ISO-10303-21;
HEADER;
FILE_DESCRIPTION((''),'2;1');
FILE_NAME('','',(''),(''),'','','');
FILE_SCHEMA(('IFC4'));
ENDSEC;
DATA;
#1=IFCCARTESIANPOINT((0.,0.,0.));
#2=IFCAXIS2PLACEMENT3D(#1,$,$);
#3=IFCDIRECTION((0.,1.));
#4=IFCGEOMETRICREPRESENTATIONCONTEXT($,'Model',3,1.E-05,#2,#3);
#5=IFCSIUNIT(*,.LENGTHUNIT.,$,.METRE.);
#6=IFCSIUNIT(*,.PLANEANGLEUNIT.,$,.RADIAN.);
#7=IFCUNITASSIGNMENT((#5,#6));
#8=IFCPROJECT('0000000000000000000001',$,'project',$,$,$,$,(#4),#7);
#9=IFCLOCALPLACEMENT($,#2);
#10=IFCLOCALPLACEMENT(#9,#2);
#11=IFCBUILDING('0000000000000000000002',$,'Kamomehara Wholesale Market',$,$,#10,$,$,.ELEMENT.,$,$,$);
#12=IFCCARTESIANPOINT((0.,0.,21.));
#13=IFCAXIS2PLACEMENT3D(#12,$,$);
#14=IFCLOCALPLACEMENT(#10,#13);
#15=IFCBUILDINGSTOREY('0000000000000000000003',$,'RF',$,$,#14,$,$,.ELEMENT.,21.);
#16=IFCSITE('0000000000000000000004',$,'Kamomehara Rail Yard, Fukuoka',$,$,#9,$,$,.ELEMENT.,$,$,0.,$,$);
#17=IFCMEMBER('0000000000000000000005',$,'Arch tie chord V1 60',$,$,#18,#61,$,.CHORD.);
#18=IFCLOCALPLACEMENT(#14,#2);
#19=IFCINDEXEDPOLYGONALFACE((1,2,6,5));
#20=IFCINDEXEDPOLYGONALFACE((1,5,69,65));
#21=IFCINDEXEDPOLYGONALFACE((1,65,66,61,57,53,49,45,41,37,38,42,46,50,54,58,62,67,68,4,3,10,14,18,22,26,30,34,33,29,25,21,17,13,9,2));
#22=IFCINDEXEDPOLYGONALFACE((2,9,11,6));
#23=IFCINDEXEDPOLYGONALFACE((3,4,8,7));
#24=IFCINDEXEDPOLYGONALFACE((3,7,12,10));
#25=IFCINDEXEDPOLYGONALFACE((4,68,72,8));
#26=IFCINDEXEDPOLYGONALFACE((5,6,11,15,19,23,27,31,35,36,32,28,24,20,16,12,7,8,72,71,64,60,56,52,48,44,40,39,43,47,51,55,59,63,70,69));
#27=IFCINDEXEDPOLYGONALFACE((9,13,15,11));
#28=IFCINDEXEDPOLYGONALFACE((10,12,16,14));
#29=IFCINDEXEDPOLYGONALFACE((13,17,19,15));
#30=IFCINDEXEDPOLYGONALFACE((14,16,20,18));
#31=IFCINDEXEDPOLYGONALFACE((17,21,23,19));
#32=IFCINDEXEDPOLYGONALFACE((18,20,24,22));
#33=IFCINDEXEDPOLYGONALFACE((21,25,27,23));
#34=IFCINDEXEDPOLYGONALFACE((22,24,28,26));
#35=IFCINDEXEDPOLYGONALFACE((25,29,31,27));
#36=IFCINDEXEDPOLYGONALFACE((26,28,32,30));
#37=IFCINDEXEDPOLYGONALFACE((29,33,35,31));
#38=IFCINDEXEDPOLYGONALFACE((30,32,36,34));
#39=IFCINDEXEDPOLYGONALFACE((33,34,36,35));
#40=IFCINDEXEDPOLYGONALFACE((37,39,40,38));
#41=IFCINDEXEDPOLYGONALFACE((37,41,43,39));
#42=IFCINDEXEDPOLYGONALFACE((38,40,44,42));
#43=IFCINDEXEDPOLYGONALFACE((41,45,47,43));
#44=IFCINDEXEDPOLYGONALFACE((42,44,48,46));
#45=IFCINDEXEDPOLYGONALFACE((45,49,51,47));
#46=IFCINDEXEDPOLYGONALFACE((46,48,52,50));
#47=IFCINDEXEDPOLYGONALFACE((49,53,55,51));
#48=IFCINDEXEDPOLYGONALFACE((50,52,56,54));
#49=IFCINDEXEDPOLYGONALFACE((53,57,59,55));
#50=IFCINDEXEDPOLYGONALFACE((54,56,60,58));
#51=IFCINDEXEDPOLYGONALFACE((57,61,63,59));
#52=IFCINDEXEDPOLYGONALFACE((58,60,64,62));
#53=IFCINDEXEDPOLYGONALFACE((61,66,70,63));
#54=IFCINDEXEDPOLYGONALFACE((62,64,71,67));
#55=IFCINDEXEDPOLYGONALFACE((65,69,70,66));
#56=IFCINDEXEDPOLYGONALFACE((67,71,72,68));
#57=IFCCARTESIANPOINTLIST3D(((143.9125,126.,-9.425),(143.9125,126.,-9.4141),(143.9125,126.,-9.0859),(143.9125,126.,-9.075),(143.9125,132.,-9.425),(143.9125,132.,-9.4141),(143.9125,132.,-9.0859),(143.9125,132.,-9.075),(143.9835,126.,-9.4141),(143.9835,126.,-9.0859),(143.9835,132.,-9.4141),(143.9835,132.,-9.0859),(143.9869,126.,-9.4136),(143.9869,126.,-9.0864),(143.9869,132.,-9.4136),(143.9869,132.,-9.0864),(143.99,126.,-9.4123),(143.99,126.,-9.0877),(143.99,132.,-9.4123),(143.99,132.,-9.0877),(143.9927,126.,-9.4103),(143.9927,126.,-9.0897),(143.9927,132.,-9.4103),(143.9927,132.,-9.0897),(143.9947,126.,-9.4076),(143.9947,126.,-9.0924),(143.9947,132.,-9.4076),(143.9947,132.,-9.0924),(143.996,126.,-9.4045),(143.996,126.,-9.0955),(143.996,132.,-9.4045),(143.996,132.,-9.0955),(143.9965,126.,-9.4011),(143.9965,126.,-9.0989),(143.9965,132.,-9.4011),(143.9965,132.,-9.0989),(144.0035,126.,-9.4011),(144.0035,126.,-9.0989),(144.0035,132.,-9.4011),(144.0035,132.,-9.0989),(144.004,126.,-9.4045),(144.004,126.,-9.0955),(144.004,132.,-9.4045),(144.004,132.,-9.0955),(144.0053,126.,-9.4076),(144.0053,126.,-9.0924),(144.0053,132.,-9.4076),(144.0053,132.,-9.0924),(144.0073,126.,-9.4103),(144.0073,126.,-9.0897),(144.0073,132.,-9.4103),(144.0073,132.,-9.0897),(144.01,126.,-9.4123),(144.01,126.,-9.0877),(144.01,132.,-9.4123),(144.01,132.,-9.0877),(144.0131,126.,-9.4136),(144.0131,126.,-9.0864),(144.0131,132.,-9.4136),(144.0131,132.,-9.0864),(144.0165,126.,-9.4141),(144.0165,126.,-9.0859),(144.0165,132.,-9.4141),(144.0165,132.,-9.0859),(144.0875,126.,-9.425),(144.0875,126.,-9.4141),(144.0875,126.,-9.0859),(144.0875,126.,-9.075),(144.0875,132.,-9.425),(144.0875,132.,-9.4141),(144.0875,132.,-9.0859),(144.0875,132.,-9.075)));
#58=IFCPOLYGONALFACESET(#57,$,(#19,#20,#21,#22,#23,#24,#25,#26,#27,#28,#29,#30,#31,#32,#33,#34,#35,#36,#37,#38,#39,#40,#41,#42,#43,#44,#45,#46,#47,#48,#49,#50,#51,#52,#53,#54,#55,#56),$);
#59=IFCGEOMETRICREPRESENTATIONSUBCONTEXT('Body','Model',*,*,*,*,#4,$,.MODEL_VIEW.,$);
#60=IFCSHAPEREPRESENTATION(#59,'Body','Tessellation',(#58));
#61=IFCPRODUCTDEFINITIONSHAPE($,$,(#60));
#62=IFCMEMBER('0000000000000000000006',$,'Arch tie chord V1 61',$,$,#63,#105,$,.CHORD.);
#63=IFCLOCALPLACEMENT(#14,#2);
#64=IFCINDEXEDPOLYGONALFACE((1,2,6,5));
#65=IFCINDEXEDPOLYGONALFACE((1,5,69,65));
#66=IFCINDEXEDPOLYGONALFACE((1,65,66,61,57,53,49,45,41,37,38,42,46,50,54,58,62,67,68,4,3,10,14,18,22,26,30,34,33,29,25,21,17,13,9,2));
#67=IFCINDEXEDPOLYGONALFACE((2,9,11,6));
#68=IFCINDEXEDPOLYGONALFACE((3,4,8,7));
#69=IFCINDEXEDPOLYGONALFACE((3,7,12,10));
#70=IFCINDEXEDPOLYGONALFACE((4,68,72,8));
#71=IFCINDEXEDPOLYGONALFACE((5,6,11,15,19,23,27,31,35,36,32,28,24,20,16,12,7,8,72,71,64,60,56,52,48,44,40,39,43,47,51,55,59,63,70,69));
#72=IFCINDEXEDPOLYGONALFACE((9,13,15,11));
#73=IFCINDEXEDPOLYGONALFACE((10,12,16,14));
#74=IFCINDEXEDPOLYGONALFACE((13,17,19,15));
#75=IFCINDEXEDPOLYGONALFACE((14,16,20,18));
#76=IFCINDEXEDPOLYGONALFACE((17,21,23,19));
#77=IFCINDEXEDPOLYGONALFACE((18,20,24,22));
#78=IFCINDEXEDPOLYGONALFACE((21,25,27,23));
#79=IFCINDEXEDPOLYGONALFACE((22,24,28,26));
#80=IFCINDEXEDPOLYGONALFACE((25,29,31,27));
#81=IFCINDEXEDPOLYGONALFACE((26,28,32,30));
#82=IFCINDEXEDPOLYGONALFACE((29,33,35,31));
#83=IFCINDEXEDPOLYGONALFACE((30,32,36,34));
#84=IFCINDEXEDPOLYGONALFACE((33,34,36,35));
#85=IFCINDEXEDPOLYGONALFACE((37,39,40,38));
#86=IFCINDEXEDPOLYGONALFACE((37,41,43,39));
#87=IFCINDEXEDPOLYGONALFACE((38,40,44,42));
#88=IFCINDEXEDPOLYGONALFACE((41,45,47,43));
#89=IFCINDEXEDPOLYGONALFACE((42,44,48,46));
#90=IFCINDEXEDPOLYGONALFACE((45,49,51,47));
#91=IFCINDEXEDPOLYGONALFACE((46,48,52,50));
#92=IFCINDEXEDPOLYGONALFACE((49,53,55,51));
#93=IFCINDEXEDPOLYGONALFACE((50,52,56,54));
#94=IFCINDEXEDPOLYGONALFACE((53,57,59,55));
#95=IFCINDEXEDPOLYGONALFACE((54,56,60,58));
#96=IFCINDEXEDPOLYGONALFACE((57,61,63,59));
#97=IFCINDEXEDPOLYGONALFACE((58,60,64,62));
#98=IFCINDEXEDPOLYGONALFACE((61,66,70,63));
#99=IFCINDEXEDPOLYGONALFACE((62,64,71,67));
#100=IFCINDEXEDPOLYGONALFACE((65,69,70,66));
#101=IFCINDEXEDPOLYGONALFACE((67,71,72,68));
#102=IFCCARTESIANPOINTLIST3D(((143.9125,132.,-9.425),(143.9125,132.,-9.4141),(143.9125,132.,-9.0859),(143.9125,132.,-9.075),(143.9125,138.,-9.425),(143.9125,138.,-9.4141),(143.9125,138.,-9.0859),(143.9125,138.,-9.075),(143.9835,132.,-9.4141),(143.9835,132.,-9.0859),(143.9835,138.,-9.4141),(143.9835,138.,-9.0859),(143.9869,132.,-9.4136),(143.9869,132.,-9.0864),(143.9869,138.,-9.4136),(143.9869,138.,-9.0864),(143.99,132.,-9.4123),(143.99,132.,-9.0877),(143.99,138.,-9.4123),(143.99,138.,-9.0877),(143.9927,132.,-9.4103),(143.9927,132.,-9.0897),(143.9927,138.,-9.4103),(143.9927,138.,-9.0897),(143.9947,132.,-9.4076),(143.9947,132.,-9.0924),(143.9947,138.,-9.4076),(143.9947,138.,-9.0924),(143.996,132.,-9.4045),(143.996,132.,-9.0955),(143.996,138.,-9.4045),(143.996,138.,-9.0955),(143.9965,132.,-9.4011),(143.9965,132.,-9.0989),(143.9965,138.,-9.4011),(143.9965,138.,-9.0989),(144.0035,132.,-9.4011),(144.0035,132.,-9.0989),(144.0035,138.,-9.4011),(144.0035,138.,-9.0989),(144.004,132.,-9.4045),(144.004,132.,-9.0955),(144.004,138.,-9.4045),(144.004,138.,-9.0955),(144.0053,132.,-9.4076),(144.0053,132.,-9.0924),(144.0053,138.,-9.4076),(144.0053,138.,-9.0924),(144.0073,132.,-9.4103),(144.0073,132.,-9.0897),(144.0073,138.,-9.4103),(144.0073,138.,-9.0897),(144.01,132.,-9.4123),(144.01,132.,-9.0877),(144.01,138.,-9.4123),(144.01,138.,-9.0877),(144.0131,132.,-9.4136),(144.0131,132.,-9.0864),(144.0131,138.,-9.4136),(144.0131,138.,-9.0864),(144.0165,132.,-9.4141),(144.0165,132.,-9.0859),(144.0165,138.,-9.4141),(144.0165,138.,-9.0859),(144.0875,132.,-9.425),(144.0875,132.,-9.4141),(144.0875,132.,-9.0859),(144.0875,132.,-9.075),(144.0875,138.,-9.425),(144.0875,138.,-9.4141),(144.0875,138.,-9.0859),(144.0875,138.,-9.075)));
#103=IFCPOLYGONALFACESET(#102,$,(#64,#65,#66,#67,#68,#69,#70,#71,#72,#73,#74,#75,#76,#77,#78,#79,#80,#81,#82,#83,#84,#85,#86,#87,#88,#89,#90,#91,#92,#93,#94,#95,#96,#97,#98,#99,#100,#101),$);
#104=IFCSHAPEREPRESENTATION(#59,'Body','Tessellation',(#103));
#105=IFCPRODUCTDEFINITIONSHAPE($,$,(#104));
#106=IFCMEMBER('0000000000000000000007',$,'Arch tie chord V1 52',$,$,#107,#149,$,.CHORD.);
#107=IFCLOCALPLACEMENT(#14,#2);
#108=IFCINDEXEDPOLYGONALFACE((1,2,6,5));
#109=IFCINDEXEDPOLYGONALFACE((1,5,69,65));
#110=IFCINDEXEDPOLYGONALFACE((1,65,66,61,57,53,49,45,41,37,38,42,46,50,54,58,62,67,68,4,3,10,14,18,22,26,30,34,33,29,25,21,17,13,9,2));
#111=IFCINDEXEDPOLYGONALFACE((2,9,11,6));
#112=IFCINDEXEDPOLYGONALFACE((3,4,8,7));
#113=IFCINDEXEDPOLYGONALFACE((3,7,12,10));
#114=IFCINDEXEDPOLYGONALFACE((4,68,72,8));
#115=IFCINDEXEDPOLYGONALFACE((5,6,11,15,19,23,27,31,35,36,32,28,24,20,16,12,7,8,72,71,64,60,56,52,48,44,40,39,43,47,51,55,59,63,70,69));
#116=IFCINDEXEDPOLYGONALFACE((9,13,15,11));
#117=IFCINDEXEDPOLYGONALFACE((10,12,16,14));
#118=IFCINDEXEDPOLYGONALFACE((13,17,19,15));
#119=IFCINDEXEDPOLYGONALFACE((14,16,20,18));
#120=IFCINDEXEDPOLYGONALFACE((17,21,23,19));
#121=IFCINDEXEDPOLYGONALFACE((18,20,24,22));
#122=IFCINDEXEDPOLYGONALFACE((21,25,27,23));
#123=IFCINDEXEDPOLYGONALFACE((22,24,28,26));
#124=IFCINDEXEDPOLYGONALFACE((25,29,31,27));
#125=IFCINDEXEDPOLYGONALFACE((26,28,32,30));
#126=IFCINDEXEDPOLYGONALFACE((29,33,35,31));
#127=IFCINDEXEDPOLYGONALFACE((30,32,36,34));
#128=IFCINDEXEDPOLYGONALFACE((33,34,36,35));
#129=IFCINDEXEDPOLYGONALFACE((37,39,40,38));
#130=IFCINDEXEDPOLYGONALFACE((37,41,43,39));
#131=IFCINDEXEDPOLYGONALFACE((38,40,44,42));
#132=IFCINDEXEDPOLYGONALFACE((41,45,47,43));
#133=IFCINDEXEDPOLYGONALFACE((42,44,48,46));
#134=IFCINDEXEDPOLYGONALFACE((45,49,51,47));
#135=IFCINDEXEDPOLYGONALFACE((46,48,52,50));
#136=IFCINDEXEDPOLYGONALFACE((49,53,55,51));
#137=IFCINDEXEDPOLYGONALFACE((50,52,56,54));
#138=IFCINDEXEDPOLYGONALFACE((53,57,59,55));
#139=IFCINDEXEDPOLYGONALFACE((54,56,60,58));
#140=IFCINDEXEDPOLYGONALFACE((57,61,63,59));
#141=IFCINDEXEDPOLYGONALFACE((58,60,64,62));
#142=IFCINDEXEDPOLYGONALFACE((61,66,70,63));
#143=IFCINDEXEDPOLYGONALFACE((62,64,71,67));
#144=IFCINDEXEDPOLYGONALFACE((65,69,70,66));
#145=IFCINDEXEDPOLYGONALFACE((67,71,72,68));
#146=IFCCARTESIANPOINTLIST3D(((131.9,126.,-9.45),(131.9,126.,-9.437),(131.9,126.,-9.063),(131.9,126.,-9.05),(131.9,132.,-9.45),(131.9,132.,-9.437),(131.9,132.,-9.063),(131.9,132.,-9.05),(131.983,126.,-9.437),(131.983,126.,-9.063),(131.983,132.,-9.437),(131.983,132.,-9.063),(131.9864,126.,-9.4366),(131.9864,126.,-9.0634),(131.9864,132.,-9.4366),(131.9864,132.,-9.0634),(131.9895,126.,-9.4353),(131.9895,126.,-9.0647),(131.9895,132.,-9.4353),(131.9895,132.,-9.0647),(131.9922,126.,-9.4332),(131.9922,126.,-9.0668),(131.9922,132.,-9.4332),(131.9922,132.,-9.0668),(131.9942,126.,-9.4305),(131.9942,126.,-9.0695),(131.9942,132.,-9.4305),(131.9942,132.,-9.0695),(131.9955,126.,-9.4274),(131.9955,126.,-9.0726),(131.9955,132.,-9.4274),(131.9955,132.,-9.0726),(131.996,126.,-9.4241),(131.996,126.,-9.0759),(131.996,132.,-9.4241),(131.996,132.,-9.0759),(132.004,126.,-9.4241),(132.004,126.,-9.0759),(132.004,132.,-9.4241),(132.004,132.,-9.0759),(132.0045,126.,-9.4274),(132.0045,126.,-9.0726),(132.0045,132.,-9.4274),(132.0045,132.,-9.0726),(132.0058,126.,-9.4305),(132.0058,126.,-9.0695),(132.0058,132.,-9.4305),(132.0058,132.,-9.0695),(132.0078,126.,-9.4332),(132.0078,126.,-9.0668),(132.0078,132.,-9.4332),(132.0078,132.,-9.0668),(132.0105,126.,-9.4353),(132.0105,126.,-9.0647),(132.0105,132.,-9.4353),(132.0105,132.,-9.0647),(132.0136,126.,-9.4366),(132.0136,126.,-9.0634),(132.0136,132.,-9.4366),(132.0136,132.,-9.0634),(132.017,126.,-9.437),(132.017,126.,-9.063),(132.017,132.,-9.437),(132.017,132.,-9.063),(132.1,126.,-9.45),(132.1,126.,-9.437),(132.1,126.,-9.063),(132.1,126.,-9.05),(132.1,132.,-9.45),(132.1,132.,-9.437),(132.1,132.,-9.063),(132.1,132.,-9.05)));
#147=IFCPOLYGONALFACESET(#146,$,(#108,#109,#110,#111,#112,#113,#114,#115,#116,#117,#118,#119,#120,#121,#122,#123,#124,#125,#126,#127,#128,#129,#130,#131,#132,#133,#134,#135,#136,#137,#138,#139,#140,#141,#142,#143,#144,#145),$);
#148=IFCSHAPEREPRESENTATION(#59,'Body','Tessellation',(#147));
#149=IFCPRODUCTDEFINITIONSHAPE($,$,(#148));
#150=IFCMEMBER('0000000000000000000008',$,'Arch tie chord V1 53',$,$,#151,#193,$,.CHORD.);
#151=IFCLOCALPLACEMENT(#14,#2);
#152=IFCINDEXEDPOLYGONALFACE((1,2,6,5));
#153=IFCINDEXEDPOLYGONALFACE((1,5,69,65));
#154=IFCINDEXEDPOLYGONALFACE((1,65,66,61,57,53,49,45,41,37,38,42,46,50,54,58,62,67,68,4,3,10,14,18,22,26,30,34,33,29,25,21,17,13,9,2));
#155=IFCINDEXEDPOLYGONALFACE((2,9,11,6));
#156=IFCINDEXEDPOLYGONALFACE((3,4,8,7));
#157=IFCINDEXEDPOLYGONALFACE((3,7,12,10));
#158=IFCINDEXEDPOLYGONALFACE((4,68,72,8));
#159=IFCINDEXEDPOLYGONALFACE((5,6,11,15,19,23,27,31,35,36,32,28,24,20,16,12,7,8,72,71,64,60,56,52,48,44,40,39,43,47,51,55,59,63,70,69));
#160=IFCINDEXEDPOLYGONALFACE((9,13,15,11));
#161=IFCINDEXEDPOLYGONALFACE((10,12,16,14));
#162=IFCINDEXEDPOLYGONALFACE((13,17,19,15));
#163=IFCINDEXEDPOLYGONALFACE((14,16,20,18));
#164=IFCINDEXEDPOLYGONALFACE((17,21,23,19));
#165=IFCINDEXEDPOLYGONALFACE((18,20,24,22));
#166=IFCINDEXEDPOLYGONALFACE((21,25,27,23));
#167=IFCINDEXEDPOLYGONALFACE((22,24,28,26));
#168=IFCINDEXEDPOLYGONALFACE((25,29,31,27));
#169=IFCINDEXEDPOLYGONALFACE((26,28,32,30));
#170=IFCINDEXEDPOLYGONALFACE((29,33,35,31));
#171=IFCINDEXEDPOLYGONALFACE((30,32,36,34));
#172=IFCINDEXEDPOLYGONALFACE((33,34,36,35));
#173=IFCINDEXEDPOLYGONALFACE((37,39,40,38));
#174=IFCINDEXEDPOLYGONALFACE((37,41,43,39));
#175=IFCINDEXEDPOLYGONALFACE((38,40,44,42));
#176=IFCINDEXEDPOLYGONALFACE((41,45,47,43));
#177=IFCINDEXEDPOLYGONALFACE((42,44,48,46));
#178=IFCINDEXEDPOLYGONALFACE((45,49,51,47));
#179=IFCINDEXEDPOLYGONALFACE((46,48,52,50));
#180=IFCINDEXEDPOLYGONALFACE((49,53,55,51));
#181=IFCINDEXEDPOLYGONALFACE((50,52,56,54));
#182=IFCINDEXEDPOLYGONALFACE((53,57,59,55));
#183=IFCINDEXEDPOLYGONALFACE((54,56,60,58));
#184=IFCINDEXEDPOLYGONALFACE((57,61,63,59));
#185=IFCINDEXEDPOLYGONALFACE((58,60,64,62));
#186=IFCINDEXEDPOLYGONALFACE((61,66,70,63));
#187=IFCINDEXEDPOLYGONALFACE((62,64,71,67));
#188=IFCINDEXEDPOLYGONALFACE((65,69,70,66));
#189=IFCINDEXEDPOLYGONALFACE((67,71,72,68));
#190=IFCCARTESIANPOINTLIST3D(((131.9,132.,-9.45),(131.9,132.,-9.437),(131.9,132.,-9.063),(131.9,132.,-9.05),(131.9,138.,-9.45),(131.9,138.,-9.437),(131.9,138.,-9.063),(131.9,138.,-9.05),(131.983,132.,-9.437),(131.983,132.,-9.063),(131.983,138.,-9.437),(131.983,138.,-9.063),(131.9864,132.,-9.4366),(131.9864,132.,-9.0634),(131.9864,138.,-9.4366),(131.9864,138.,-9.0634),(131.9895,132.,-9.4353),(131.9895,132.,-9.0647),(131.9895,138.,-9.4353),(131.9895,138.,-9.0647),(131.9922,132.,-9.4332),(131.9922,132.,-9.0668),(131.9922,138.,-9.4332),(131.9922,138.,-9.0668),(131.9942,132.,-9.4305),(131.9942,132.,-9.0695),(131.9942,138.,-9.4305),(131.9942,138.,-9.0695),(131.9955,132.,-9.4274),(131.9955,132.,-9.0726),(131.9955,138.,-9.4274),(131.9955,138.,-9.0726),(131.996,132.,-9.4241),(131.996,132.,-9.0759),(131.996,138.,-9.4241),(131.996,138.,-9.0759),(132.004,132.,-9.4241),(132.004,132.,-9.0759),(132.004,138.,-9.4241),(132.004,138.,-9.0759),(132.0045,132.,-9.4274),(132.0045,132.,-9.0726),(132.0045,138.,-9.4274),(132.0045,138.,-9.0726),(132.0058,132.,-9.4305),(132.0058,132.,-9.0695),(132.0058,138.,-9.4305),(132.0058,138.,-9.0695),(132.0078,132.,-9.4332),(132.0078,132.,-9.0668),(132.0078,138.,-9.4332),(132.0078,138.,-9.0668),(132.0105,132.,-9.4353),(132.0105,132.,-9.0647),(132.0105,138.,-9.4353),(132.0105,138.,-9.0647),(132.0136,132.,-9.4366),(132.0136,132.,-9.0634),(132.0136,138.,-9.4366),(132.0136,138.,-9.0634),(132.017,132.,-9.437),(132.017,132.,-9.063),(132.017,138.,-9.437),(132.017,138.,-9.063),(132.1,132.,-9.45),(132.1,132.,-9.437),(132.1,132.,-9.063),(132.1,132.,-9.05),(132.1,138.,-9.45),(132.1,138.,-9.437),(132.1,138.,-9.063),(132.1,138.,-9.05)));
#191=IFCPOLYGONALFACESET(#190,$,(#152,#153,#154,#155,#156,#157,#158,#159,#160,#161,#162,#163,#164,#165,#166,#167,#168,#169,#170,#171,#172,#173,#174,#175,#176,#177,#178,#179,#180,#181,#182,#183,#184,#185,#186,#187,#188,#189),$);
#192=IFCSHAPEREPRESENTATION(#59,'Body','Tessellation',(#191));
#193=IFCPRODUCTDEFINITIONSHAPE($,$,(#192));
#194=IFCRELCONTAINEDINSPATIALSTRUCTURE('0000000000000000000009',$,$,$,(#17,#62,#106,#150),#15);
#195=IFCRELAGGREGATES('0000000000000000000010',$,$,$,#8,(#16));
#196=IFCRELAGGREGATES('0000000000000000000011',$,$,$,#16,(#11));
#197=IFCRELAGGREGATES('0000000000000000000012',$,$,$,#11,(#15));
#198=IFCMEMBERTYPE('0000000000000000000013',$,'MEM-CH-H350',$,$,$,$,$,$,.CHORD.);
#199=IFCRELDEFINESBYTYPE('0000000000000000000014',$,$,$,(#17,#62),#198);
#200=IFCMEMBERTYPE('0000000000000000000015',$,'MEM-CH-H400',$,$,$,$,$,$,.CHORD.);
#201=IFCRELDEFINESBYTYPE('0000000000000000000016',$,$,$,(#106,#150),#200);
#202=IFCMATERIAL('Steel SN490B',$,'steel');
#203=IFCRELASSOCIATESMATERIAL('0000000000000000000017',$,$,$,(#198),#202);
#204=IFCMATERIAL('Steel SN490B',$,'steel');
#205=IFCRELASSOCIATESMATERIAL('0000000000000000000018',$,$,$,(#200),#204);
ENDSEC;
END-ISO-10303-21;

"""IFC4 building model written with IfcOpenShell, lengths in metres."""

from ifc_helpers import new_model, si_unit, direction, frame, origin, origin_2d, place, context, subcontext, project, spatial, i_section, extrude, material, material_profile, profile_set, type_object, element, save


model = new_model("IFC4")

# Units and contexts
model_context = context("Model", 3, precision=1e-05, world=origin(), true_north=direction((0.0, 1.0)))
body_context = subcontext(model_context, "Body", "Model", "MODEL_VIEW")
ifc_project = project(units=[si_unit("LENGTHUNIT", "METRE"), si_unit("PLANEANGLEUNIT", "RADIAN")], contexts=[model_context])

# Site, building, storey
site_placement = place(None, origin())
site = spatial("IfcSite", under=ifc_project, at=site_placement, Name="Kamomehara Rail Yard, Fukuoka", CompositionType="ELEMENT", RefElevation=0.0)
building_placement = place(site_placement, origin())
building = spatial("IfcBuilding", under=site, at=building_placement, Name="Kamomehara Wholesale Market", CompositionType="ELEMENT")
storey_placement = place(building_placement, frame((0.0, 0.0, 21.0)))
storey = spatial("IfcBuildingStorey", under=building, at=storey_placement, Name="RF", CompositionType="ELEMENT", Elevation=21.0)

# Members
ifc_material_1 = material(Name="Steel SN490B", Category="steel")
ifc_material_profile_1 = material_profile(ifc_material_1, i_section(OverallWidth=0.175, OverallDepth=0.3501, WebThickness=0.0071, FlangeThickness=0.011, FilletRadius=0.0129, at=origin_2d()), Name="H-350x175x7x11")
ifc_profile_set_1 = profile_set([ifc_material_profile_1], Name="Steel SN490B")
member_type_1 = type_object("IfcMemberType", Name="MEM-CH-H350", PredefinedType="CHORD", material=ifc_profile_set_1)
for number, where, z_axis, x_axis, name in (
    (1, (144.0, 126.0, -9.25), (0.0, 1.0, 0.0), (-1.0, 0.0, 0.0), "Arch tie chord V1 60"),
    (2, (144.0, 132.0, -9.25), (0.0, 1.0, 0.0), (-1.0, 0.0, 0.0), "Arch tie chord V1 61"),
):
    element("IfcMember", number, at=place(storey_placement, frame(where, z_axis=z_axis, x_axis=x_axis)), inside=storey, type_object=member_type_1, Name=name, PredefinedType="CHORD", context=body_context, shape_type="SweptSolid", body=[
        extrude(i_section(OverallWidth=0.175, OverallDepth=0.3501, WebThickness=0.0071, FlangeThickness=0.011, FilletRadius=0.0129, at=origin_2d()), origin(), (0.0, 0.0, 1.0), 6.0),
    ])
ifc_material_2 = material(Name="Steel SN490B", Category="steel")
ifc_material_profile_2 = material_profile(ifc_material_2, i_section(OverallWidth=0.2, OverallDepth=0.3999, WebThickness=0.0081, FlangeThickness=0.0129, FilletRadius=0.0129, at=origin_2d()), Name="H-400x200x8x13")
ifc_profile_set_2 = profile_set([ifc_material_profile_2], Name="Steel SN490B")
member_type_2 = type_object("IfcMemberType", Name="MEM-CH-H400", PredefinedType="CHORD", material=ifc_profile_set_2)
for number, where, z_axis, x_axis, name in (
    (3, (132.0, 126.0, -9.25), (0.0, 1.0, 0.0), (-1.0, 0.0, 0.0), "Arch tie chord V1 52"),
    (4, (132.0, 132.0, -9.25), (0.0, 1.0, 0.0), (-1.0, 0.0, 0.0), "Arch tie chord V1 53"),
):
    element("IfcMember", number, at=place(storey_placement, frame(where, z_axis=z_axis, x_axis=x_axis)), inside=storey, type_object=member_type_2, Name=name, PredefinedType="CHORD", context=body_context, shape_type="SweptSolid", body=[
        extrude(i_section(OverallWidth=0.2, OverallDepth=0.3999, WebThickness=0.0081, FlangeThickness=0.0129, FilletRadius=0.0129, at=origin_2d()), origin(), (0.0, 0.0, 1.0), 6.0),
    ])

save(model, "model.ifc")
